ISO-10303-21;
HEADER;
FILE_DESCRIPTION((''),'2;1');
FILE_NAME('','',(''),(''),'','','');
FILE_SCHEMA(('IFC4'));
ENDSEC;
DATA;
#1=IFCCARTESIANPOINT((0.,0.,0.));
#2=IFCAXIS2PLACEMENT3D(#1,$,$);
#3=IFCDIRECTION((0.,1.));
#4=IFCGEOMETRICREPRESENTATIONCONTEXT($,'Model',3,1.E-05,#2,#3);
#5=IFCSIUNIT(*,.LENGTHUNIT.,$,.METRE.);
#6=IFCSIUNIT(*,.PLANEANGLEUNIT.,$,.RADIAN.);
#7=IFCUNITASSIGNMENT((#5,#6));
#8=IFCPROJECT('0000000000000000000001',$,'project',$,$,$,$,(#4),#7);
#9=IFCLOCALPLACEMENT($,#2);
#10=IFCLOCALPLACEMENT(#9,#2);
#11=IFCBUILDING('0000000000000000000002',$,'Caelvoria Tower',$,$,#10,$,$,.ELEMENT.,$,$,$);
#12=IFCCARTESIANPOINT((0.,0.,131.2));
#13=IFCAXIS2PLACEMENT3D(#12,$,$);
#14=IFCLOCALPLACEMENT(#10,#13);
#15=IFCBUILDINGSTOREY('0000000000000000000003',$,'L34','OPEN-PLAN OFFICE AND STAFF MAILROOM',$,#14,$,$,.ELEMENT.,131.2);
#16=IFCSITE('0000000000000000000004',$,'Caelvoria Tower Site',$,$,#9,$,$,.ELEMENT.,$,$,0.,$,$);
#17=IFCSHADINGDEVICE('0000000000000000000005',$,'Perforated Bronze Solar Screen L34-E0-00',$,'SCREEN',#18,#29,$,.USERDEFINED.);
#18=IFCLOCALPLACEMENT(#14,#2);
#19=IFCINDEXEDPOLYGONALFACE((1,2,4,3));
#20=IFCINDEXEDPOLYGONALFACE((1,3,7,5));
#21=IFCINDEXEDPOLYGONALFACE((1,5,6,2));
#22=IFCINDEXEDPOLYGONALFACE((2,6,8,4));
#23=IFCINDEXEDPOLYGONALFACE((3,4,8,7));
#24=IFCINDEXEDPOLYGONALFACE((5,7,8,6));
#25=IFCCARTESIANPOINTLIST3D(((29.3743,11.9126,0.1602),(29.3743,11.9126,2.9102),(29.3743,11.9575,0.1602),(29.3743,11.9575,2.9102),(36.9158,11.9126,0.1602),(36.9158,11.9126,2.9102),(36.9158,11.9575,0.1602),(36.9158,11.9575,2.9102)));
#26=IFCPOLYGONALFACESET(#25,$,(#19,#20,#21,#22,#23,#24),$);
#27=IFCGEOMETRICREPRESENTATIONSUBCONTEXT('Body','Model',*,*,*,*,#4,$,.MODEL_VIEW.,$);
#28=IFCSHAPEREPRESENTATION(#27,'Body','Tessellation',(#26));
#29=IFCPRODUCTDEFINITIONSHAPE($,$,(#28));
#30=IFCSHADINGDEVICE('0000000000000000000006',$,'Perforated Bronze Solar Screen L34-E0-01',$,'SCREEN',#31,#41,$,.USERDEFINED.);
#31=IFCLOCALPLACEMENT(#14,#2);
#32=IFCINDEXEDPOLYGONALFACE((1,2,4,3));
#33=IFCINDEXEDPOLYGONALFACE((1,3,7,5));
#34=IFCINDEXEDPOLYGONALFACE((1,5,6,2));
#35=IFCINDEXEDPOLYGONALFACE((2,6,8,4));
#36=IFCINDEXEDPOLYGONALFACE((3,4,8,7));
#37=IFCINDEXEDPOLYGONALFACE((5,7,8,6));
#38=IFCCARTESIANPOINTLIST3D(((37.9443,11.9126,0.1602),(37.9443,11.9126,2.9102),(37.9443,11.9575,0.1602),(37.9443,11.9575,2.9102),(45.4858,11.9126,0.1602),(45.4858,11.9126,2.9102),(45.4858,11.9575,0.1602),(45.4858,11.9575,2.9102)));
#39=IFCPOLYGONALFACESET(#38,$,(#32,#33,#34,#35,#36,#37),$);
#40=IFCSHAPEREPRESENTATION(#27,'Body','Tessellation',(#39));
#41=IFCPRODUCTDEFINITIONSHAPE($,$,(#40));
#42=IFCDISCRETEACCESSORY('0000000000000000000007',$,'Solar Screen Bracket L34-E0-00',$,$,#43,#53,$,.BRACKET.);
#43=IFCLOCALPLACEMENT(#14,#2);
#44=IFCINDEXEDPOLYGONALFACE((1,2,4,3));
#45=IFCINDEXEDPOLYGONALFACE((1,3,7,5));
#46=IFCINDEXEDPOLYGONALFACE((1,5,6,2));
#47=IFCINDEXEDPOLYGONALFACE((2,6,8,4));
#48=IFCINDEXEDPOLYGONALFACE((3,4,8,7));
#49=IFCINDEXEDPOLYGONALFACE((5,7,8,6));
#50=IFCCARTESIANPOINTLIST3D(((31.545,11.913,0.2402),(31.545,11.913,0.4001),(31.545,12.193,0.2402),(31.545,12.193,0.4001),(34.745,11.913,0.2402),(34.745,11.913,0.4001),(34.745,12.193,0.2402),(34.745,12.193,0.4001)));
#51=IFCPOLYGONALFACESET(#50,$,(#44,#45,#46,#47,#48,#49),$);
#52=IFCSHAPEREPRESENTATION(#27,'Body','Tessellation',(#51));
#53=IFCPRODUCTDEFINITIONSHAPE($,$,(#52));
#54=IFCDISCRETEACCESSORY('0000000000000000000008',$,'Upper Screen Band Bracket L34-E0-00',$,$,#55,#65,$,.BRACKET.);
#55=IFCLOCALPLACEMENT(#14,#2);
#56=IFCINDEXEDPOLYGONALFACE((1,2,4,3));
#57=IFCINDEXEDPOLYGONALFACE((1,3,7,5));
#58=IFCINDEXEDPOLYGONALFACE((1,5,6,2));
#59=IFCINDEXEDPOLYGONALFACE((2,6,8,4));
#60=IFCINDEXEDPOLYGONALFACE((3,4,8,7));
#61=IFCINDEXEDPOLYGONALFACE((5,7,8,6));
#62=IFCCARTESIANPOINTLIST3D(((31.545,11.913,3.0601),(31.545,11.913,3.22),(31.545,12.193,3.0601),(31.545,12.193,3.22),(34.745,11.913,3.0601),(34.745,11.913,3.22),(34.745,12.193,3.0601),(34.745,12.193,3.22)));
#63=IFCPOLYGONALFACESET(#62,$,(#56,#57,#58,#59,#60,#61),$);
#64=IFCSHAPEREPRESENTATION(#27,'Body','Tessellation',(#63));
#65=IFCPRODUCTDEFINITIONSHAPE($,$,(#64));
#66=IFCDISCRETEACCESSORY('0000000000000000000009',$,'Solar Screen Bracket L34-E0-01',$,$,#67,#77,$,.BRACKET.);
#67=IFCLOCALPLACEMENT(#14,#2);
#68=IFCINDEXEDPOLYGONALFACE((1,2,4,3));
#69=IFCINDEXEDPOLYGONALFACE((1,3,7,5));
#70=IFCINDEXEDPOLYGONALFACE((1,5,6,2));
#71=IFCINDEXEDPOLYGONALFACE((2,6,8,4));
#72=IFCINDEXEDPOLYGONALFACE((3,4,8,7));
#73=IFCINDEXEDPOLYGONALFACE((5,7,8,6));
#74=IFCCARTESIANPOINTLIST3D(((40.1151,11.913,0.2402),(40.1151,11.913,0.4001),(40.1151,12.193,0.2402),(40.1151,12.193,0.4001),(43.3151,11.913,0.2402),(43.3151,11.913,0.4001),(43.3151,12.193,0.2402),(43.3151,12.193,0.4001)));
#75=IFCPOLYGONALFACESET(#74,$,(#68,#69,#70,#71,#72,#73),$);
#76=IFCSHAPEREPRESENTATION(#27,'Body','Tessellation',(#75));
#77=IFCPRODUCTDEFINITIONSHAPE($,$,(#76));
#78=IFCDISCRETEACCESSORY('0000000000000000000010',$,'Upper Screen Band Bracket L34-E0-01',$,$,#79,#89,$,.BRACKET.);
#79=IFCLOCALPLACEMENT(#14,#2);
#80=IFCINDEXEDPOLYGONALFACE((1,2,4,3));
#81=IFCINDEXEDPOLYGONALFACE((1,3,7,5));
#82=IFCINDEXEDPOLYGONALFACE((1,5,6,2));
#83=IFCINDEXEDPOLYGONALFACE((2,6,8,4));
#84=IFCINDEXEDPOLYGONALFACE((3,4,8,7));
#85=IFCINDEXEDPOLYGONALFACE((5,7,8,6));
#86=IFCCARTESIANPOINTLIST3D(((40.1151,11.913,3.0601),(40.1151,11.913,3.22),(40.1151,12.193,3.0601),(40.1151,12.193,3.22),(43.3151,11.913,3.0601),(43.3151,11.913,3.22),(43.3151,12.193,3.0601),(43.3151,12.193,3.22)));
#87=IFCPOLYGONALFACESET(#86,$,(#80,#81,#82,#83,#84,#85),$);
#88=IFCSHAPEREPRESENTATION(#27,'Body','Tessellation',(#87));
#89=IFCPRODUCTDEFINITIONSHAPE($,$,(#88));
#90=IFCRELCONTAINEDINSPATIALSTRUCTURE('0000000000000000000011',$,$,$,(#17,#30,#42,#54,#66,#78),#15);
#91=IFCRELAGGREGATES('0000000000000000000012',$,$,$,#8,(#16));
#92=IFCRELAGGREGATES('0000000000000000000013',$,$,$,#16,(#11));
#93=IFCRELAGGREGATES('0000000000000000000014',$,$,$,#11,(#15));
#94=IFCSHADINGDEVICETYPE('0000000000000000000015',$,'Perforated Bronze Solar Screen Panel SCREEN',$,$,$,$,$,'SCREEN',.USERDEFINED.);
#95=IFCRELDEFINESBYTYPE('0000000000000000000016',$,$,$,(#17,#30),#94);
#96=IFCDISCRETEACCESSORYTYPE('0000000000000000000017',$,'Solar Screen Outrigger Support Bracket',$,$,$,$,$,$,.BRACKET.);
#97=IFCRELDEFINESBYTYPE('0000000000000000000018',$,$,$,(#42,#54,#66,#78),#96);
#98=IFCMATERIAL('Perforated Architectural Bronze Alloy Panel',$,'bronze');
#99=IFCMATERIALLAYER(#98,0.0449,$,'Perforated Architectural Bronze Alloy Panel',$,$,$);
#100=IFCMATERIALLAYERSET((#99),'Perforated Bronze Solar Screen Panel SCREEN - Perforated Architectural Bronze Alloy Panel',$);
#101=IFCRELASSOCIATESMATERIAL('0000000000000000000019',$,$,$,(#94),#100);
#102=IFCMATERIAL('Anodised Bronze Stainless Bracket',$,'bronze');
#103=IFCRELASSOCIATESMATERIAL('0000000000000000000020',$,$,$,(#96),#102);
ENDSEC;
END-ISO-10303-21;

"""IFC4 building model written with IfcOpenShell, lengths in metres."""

from ifc_helpers import new_model, si_unit, direction, frame, origin, origin_2d, place, context, subcontext, project, spatial, rectangle, extrude, material, layer, layer_set, type_object, element, save


model = new_model("IFC4")

# Units and contexts
model_context = context("Model", 3, precision=1e-05, world=origin(), true_north=direction((0.0, 1.0)))
body_context = subcontext(model_context, "Body", "Model", "MODEL_VIEW")
ifc_project = project(units=[si_unit("LENGTHUNIT", "METRE"), si_unit("PLANEANGLEUNIT", "RADIAN")], contexts=[model_context])

# Site, building, storey
site_placement = place(None, origin())
site = spatial("IfcSite", under=ifc_project, at=site_placement, Name="Caelvoria Tower Site", CompositionType="ELEMENT", RefElevation=0.0)
building_placement = place(site_placement, origin())
building = spatial("IfcBuilding", under=site, at=building_placement, Name="Caelvoria Tower", CompositionType="ELEMENT")
storey_placement = place(building_placement, frame((0.0, 0.0, 131.2)))
storey = spatial("IfcBuildingStorey", under=building, at=storey_placement, Name="L34", Description="OPEN-PLAN OFFICE AND STAFF MAILROOM", CompositionType="ELEMENT", Elevation=131.2)

# Shading devices
ifc_material_1 = material(Name="Perforated Architectural Bronze Alloy Panel", Category="bronze")
ifc_layer_1 = layer(ifc_material_1, 0.0449, Name="Perforated Architectural Bronze Alloy Panel")
ifc_layer_set_1 = layer_set([ifc_layer_1], Name="Perforated Bronze Solar Screen Panel SCREEN - Perforated Architectural Bronze Alloy Panel")
shading_device_type = type_object("IfcShadingDeviceType", Name="Perforated Bronze Solar Screen Panel SCREEN", ElementType="SCREEN", PredefinedType="USERDEFINED", material=ifc_layer_set_1)
for number, where, z_axis, x_axis, name in (
    (1, (33.145, 11.9351, 0.1602), (0.0, 0.0, 1.0), (1.0, 0.0, 0.0), "Perforated Bronze Solar Screen L34-E0-00"),
    (2, (41.7151, 11.9351, 0.1602), (0.0, 0.0, 1.0), (1.0, 0.0, 0.0), "Perforated Bronze Solar Screen L34-E0-01"),
):
    element("IfcShadingDevice", number, at=place(storey_placement, frame(where, z_axis=z_axis, x_axis=x_axis)), inside=storey, type_object=shading_device_type, Name=name, ObjectType="SCREEN", PredefinedType="USERDEFINED", context=body_context, shape_type="SweptSolid", body=[
        extrude(rectangle(XDim=7.5415, YDim=0.0449, at=origin_2d()), origin(), (0.0, 0.0, 1.0), 2.75),
    ])

# Discrete accessories
ifc_material_2 = material(Name="Anodised Bronze Stainless Bracket", Category="bronze")
discrete_accessory_type = type_object("IfcDiscreteAccessoryType", Name="Solar Screen Outrigger Support Bracket", PredefinedType="BRACKET", material=ifc_material_2)
for number, where, z_axis, x_axis, name in (
    (3, (33.145, 12.053, 0.2402), (0.0, 0.0, 1.0), (1.0, 0.0, 0.0), "Solar Screen Bracket L34-E0-00"),
    (4, (33.145, 12.053, 3.0601), (0.0, 0.0, 1.0), (1.0, 0.0, 0.0), "Upper Screen Band Bracket L34-E0-00"),
    (5, (41.7151, 12.053, 0.2402), (0.0, 0.0, 1.0), (1.0, 0.0, 0.0), "Solar Screen Bracket L34-E0-01"),
    (6, (41.7151, 12.053, 3.0601), (0.0, 0.0, 1.0), (1.0, 0.0, 0.0), "Upper Screen Band Bracket L34-E0-01"),
):
    element("IfcDiscreteAccessory", number, at=place(storey_placement, frame(where, z_axis=z_axis, x_axis=x_axis)), inside=storey, type_object=discrete_accessory_type, Name=name, PredefinedType="BRACKET", context=body_context, shape_type="SweptSolid", body=[
        extrude(rectangle(XDim=3.2, YDim=0.28, at=origin_2d()), origin(), (0.0, 0.0, 1.0), 0.1599),
    ])

save(model, "model.ifc")
